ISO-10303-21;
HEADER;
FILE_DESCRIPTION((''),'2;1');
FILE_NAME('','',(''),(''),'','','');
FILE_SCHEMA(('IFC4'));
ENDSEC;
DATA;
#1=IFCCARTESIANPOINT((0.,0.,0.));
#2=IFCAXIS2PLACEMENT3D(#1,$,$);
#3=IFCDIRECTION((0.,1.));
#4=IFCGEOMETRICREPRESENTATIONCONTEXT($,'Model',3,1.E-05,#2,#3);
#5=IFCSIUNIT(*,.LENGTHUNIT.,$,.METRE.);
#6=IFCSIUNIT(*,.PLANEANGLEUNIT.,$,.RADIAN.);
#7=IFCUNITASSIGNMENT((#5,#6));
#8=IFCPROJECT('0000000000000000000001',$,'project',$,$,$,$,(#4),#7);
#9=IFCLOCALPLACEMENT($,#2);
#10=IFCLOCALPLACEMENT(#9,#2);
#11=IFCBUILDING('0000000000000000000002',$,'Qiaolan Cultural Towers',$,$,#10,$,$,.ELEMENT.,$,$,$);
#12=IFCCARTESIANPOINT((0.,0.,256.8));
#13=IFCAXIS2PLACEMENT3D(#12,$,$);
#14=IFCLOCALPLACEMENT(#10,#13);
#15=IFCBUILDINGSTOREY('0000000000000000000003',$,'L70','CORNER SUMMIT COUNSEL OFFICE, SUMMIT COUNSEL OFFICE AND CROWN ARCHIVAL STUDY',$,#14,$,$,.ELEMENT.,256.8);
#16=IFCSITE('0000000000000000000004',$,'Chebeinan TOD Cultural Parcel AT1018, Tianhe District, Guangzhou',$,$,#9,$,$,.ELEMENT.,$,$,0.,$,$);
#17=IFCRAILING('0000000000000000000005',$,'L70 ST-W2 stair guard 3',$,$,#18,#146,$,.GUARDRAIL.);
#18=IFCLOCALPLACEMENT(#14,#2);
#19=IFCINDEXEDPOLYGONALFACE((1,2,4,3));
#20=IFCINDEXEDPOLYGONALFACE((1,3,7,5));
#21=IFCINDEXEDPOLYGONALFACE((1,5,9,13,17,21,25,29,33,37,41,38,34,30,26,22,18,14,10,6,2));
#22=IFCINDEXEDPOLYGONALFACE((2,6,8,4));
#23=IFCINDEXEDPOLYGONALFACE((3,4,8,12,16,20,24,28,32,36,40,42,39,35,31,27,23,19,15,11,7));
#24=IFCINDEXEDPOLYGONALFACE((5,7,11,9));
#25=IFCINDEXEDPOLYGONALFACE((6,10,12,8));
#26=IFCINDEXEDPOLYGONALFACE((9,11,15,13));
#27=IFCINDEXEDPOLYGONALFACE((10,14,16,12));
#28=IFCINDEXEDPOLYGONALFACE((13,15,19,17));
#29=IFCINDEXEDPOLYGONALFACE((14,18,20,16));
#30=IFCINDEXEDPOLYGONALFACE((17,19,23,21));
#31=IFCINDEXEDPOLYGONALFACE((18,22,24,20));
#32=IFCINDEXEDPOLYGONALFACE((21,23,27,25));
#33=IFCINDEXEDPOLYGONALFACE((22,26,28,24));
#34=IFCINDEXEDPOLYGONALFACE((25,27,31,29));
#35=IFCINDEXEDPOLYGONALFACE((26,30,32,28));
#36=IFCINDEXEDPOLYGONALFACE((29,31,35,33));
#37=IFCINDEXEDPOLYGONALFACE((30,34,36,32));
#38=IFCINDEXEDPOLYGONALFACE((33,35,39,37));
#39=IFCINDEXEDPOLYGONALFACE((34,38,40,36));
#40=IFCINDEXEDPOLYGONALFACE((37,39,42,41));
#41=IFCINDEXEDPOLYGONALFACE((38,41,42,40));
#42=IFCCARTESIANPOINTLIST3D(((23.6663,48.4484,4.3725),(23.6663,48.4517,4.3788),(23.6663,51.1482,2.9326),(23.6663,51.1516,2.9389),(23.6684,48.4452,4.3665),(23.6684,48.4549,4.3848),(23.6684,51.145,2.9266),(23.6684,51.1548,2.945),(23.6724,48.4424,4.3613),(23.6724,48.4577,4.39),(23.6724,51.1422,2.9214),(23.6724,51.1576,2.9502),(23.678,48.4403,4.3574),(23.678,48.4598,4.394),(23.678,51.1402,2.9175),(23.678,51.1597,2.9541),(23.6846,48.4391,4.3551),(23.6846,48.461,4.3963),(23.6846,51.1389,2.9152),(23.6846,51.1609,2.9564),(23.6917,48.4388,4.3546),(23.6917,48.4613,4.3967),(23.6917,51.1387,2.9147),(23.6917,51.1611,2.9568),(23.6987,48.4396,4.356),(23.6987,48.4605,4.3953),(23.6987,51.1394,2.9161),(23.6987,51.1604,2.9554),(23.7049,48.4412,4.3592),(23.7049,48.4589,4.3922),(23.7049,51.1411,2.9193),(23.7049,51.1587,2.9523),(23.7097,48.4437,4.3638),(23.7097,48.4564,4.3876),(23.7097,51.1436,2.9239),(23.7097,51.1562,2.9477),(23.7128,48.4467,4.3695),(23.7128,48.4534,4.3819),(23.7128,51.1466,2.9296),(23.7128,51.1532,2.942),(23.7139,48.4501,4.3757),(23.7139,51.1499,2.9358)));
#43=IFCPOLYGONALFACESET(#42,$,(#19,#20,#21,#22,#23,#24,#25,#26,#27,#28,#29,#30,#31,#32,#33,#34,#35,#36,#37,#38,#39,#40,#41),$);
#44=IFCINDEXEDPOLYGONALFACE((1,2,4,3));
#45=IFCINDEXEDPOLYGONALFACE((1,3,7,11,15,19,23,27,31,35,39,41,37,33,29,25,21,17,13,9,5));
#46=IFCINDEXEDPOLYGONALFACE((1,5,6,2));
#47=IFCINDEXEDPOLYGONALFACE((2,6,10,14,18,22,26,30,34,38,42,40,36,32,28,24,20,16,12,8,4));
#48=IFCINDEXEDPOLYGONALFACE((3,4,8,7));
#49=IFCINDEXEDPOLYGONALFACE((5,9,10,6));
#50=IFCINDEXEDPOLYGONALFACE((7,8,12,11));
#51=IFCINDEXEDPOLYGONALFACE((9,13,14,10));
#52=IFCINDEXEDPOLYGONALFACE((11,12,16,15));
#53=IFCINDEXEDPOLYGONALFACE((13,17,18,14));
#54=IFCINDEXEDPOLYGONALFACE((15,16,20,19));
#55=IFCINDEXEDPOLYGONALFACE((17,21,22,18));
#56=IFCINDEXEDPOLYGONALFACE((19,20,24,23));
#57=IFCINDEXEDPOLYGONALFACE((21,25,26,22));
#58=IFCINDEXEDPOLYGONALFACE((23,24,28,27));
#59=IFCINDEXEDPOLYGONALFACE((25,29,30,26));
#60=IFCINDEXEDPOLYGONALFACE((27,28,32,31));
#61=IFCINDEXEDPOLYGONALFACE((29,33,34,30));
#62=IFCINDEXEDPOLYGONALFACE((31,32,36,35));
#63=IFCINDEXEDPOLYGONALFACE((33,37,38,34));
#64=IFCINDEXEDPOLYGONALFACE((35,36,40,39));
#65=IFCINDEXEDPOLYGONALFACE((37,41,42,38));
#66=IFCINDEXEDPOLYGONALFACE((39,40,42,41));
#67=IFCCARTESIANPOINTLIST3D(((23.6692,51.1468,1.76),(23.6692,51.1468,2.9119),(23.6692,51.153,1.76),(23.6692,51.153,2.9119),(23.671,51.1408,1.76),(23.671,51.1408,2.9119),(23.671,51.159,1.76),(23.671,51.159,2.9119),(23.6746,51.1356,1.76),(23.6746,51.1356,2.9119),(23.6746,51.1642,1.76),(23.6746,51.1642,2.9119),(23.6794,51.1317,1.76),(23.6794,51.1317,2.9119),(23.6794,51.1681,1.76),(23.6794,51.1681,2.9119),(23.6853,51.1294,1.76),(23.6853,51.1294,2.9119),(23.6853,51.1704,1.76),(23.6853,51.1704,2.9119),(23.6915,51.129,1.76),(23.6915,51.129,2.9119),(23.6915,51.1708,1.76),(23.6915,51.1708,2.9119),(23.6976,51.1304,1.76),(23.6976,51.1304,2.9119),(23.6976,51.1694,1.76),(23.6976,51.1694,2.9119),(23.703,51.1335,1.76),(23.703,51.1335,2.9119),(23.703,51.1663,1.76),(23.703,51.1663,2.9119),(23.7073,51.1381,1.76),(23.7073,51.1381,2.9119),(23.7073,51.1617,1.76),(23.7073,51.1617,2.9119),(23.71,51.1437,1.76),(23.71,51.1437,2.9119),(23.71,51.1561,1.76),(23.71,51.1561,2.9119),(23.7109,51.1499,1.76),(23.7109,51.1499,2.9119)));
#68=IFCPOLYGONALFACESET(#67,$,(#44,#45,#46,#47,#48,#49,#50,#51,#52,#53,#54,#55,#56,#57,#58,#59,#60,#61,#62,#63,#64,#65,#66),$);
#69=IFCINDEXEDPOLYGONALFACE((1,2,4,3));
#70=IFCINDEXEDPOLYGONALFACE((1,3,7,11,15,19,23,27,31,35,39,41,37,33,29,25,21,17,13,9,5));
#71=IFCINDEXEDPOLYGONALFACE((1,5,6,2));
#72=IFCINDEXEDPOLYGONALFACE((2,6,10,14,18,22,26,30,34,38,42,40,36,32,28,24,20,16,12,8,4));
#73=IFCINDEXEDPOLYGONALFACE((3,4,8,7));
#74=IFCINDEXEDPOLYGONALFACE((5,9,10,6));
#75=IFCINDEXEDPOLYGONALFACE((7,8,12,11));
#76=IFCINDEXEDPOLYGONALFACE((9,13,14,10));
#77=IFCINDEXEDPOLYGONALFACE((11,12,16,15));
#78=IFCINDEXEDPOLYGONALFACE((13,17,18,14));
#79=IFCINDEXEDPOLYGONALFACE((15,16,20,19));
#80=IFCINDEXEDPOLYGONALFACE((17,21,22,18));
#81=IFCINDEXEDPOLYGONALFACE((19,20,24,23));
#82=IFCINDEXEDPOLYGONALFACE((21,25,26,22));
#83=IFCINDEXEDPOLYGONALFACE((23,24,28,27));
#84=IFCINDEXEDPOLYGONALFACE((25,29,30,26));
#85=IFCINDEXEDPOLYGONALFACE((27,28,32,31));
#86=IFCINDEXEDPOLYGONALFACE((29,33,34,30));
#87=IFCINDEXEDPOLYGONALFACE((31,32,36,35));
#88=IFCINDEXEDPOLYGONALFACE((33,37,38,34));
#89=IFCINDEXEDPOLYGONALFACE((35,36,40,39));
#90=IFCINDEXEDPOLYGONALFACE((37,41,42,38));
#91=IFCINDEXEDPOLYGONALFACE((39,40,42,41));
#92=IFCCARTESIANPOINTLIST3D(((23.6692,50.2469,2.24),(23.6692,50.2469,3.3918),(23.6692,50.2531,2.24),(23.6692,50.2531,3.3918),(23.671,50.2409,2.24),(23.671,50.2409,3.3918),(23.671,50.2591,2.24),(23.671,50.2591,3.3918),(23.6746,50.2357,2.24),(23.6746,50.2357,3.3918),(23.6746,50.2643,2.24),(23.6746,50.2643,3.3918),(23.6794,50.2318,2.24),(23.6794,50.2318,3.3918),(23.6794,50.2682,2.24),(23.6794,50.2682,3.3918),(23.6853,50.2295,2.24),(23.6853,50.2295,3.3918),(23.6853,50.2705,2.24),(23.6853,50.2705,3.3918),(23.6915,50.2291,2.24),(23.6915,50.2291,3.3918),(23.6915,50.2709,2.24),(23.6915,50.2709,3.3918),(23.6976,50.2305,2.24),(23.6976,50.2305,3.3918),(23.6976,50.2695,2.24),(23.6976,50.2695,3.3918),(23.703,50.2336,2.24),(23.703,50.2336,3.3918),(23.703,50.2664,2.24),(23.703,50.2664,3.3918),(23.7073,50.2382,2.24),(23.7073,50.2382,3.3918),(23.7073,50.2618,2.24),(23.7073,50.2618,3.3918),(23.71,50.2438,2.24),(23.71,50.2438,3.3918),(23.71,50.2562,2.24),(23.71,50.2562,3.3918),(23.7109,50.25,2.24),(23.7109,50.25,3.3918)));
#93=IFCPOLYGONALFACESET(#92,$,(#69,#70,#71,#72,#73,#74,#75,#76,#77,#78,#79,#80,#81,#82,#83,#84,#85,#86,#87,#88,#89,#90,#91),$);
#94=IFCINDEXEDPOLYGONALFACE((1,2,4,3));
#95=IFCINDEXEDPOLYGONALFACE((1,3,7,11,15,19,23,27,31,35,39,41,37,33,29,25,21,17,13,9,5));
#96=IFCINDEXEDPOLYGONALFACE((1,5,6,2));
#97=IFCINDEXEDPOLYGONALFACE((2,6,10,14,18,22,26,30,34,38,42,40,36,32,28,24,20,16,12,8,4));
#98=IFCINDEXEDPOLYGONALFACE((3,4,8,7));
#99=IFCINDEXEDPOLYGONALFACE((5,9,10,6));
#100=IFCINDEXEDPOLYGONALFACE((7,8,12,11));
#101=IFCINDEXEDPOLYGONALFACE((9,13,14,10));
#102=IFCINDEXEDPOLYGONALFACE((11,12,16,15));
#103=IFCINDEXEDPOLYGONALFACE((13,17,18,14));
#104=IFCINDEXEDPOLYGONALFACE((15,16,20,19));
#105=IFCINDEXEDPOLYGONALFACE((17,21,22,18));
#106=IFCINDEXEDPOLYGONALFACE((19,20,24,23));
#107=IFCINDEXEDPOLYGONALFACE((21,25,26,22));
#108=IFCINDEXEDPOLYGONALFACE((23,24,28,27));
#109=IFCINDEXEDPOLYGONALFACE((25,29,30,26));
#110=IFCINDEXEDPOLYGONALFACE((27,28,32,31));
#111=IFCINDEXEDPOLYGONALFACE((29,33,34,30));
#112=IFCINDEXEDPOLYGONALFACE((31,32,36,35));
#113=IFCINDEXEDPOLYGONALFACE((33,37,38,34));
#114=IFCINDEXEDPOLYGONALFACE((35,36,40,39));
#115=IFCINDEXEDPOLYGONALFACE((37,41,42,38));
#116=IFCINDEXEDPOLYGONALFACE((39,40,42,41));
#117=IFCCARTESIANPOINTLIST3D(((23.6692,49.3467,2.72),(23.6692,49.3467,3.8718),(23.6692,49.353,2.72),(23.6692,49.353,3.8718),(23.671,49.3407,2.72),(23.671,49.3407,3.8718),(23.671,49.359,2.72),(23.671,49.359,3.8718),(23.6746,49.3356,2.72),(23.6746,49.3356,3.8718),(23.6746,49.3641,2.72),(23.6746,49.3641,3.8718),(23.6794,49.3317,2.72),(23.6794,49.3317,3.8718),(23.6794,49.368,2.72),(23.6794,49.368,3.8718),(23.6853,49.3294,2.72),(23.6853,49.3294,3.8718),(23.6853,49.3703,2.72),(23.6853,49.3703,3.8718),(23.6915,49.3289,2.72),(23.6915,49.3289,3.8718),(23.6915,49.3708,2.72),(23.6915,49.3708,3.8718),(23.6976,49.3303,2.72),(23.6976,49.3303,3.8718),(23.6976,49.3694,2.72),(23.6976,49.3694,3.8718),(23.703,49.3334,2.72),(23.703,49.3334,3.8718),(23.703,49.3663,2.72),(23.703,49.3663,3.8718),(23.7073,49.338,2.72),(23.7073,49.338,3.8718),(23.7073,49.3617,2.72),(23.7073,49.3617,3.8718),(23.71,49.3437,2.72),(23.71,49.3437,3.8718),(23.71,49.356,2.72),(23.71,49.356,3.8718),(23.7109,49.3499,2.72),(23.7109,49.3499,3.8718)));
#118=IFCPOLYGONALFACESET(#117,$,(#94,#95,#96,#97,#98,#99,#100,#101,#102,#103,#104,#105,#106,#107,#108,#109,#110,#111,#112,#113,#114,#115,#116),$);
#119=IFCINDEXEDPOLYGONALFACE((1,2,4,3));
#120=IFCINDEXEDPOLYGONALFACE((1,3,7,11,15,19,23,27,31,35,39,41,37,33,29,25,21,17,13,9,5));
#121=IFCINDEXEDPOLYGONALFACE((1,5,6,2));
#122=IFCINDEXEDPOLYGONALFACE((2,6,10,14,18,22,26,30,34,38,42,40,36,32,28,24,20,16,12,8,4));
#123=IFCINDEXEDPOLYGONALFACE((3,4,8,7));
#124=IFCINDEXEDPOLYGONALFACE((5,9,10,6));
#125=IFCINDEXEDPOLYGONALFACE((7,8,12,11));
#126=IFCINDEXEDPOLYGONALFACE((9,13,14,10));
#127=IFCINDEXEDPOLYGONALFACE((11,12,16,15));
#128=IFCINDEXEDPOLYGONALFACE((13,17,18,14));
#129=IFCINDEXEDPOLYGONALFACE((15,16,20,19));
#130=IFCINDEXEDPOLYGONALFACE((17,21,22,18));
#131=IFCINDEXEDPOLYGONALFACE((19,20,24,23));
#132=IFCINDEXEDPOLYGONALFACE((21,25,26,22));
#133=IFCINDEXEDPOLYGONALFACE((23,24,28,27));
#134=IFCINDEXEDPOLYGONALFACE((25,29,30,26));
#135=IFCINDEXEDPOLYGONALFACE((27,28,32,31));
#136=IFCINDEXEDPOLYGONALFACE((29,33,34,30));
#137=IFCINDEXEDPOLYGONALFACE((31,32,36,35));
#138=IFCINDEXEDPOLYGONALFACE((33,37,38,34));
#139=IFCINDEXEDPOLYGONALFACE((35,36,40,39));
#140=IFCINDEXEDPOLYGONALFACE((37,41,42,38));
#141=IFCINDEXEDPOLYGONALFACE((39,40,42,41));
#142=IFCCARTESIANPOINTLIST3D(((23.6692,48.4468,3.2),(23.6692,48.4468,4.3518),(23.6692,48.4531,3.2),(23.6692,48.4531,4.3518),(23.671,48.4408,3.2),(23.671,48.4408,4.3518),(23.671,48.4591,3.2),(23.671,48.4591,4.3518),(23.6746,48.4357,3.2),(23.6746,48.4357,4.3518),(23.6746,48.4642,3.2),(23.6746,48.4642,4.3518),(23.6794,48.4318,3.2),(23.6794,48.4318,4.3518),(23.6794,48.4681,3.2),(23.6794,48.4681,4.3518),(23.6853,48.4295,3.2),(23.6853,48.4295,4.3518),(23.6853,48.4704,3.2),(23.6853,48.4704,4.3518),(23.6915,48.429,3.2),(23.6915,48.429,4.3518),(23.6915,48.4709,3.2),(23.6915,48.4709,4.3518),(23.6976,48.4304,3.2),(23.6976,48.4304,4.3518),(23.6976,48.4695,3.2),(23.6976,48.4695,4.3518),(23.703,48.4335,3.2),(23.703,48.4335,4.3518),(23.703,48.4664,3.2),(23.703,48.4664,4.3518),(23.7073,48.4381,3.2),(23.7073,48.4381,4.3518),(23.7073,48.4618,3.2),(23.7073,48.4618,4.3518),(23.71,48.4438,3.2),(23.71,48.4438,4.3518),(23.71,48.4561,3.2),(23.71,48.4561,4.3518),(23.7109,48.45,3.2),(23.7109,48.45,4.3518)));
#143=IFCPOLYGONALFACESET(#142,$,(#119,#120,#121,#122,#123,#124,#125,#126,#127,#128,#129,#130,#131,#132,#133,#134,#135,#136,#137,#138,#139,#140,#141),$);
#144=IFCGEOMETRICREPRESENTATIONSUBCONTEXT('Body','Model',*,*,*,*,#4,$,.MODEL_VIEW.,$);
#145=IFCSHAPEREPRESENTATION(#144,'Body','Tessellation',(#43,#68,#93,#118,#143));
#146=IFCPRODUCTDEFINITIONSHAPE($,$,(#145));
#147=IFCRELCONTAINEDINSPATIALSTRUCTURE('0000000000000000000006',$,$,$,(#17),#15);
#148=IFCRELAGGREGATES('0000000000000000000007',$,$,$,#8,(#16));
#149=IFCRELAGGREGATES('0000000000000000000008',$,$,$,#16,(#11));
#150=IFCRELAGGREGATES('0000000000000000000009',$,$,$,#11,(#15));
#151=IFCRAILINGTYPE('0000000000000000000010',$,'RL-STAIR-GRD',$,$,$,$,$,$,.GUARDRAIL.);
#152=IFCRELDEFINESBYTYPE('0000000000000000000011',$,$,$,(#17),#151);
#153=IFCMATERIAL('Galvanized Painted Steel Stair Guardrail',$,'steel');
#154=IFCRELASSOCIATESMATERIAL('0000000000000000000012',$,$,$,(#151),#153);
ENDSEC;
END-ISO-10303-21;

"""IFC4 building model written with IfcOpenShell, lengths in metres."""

from ifc_helpers import new_model, si_unit, direction, frame, origin, origin_2d, place, context, subcontext, project, spatial, circle, extrude, material, type_object, element, save


model = new_model("IFC4")

# Units and contexts
model_context = context("Model", 3, precision=1e-05, world=origin(), true_north=direction((0.0, 1.0)))
body_context = subcontext(model_context, "Body", "Model", "MODEL_VIEW")
ifc_project = project(units=[si_unit("LENGTHUNIT", "METRE"), si_unit("PLANEANGLEUNIT", "RADIAN")], contexts=[model_context])

# Site, building, storey
site_placement = place(None, origin())
site = spatial("IfcSite", under=ifc_project, at=site_placement, Name="Chebeinan TOD Cultural Parcel AT1018, Tianhe District, Guangzhou", CompositionType="ELEMENT", RefElevation=0.0)
building_placement = place(site_placement, origin())
building = spatial("IfcBuilding", under=site, at=building_placement, Name="Qiaolan Cultural Towers", CompositionType="ELEMENT")
storey_placement = place(building_placement, frame((0.0, 0.0, 256.8)))
storey = spatial("IfcBuildingStorey", under=building, at=storey_placement, Name="L70", Description="CORNER SUMMIT COUNSEL OFFICE, SUMMIT COUNSEL OFFICE AND CROWN ARCHIVAL STUDY", CompositionType="ELEMENT", Elevation=256.8)

# Railing
ifc_material_1 = material(Name="Galvanized Painted Steel Stair Guardrail", Category="steel")
railing_type_1 = type_object("IfcRailingType", Name="RL-STAIR-GRD", PredefinedType="GUARDRAIL", material=ifc_material_1)
railing_1_placement = place(storey_placement, frame((23.6899, 51.1499, 1.76)))
element("IfcRailing", 1, at=railing_1_placement, inside=storey, type_object=railing_type_1, Name="L70 ST-W2 stair guard 3", PredefinedType="GUARDRAIL", context=body_context, shape_type="SweptSolid", body=[
    extrude(circle(Radius=0.0239, at=origin_2d()), frame((0.0, 0.0, 1.1758), z_axis=(0.0, -0.882357, 0.47058), x_axis=(1.0, 0.0, 0.0)), (0.0, 0.0, 1.0), 3.0598),
    extrude(circle(Radius=0.021, at=origin_2d()), origin(), (0.0, 0.0, 1.0), 1.1519),
    extrude(circle(Radius=0.021, at=origin_2d()), frame((0.0, -0.8999, 0.48)), (0.0, 0.0, 1.0), 1.1519),
    extrude(circle(Radius=0.021, at=origin_2d()), frame((0.0, -1.8, 0.96)), (0.0, 0.0, 1.0), 1.1519),
    extrude(circle(Radius=0.021, at=origin_2d()), frame((0.0, -2.7, 1.4399)), (0.0, 0.0, 1.0), 1.1519),
])

save(model, "model.ifc")
